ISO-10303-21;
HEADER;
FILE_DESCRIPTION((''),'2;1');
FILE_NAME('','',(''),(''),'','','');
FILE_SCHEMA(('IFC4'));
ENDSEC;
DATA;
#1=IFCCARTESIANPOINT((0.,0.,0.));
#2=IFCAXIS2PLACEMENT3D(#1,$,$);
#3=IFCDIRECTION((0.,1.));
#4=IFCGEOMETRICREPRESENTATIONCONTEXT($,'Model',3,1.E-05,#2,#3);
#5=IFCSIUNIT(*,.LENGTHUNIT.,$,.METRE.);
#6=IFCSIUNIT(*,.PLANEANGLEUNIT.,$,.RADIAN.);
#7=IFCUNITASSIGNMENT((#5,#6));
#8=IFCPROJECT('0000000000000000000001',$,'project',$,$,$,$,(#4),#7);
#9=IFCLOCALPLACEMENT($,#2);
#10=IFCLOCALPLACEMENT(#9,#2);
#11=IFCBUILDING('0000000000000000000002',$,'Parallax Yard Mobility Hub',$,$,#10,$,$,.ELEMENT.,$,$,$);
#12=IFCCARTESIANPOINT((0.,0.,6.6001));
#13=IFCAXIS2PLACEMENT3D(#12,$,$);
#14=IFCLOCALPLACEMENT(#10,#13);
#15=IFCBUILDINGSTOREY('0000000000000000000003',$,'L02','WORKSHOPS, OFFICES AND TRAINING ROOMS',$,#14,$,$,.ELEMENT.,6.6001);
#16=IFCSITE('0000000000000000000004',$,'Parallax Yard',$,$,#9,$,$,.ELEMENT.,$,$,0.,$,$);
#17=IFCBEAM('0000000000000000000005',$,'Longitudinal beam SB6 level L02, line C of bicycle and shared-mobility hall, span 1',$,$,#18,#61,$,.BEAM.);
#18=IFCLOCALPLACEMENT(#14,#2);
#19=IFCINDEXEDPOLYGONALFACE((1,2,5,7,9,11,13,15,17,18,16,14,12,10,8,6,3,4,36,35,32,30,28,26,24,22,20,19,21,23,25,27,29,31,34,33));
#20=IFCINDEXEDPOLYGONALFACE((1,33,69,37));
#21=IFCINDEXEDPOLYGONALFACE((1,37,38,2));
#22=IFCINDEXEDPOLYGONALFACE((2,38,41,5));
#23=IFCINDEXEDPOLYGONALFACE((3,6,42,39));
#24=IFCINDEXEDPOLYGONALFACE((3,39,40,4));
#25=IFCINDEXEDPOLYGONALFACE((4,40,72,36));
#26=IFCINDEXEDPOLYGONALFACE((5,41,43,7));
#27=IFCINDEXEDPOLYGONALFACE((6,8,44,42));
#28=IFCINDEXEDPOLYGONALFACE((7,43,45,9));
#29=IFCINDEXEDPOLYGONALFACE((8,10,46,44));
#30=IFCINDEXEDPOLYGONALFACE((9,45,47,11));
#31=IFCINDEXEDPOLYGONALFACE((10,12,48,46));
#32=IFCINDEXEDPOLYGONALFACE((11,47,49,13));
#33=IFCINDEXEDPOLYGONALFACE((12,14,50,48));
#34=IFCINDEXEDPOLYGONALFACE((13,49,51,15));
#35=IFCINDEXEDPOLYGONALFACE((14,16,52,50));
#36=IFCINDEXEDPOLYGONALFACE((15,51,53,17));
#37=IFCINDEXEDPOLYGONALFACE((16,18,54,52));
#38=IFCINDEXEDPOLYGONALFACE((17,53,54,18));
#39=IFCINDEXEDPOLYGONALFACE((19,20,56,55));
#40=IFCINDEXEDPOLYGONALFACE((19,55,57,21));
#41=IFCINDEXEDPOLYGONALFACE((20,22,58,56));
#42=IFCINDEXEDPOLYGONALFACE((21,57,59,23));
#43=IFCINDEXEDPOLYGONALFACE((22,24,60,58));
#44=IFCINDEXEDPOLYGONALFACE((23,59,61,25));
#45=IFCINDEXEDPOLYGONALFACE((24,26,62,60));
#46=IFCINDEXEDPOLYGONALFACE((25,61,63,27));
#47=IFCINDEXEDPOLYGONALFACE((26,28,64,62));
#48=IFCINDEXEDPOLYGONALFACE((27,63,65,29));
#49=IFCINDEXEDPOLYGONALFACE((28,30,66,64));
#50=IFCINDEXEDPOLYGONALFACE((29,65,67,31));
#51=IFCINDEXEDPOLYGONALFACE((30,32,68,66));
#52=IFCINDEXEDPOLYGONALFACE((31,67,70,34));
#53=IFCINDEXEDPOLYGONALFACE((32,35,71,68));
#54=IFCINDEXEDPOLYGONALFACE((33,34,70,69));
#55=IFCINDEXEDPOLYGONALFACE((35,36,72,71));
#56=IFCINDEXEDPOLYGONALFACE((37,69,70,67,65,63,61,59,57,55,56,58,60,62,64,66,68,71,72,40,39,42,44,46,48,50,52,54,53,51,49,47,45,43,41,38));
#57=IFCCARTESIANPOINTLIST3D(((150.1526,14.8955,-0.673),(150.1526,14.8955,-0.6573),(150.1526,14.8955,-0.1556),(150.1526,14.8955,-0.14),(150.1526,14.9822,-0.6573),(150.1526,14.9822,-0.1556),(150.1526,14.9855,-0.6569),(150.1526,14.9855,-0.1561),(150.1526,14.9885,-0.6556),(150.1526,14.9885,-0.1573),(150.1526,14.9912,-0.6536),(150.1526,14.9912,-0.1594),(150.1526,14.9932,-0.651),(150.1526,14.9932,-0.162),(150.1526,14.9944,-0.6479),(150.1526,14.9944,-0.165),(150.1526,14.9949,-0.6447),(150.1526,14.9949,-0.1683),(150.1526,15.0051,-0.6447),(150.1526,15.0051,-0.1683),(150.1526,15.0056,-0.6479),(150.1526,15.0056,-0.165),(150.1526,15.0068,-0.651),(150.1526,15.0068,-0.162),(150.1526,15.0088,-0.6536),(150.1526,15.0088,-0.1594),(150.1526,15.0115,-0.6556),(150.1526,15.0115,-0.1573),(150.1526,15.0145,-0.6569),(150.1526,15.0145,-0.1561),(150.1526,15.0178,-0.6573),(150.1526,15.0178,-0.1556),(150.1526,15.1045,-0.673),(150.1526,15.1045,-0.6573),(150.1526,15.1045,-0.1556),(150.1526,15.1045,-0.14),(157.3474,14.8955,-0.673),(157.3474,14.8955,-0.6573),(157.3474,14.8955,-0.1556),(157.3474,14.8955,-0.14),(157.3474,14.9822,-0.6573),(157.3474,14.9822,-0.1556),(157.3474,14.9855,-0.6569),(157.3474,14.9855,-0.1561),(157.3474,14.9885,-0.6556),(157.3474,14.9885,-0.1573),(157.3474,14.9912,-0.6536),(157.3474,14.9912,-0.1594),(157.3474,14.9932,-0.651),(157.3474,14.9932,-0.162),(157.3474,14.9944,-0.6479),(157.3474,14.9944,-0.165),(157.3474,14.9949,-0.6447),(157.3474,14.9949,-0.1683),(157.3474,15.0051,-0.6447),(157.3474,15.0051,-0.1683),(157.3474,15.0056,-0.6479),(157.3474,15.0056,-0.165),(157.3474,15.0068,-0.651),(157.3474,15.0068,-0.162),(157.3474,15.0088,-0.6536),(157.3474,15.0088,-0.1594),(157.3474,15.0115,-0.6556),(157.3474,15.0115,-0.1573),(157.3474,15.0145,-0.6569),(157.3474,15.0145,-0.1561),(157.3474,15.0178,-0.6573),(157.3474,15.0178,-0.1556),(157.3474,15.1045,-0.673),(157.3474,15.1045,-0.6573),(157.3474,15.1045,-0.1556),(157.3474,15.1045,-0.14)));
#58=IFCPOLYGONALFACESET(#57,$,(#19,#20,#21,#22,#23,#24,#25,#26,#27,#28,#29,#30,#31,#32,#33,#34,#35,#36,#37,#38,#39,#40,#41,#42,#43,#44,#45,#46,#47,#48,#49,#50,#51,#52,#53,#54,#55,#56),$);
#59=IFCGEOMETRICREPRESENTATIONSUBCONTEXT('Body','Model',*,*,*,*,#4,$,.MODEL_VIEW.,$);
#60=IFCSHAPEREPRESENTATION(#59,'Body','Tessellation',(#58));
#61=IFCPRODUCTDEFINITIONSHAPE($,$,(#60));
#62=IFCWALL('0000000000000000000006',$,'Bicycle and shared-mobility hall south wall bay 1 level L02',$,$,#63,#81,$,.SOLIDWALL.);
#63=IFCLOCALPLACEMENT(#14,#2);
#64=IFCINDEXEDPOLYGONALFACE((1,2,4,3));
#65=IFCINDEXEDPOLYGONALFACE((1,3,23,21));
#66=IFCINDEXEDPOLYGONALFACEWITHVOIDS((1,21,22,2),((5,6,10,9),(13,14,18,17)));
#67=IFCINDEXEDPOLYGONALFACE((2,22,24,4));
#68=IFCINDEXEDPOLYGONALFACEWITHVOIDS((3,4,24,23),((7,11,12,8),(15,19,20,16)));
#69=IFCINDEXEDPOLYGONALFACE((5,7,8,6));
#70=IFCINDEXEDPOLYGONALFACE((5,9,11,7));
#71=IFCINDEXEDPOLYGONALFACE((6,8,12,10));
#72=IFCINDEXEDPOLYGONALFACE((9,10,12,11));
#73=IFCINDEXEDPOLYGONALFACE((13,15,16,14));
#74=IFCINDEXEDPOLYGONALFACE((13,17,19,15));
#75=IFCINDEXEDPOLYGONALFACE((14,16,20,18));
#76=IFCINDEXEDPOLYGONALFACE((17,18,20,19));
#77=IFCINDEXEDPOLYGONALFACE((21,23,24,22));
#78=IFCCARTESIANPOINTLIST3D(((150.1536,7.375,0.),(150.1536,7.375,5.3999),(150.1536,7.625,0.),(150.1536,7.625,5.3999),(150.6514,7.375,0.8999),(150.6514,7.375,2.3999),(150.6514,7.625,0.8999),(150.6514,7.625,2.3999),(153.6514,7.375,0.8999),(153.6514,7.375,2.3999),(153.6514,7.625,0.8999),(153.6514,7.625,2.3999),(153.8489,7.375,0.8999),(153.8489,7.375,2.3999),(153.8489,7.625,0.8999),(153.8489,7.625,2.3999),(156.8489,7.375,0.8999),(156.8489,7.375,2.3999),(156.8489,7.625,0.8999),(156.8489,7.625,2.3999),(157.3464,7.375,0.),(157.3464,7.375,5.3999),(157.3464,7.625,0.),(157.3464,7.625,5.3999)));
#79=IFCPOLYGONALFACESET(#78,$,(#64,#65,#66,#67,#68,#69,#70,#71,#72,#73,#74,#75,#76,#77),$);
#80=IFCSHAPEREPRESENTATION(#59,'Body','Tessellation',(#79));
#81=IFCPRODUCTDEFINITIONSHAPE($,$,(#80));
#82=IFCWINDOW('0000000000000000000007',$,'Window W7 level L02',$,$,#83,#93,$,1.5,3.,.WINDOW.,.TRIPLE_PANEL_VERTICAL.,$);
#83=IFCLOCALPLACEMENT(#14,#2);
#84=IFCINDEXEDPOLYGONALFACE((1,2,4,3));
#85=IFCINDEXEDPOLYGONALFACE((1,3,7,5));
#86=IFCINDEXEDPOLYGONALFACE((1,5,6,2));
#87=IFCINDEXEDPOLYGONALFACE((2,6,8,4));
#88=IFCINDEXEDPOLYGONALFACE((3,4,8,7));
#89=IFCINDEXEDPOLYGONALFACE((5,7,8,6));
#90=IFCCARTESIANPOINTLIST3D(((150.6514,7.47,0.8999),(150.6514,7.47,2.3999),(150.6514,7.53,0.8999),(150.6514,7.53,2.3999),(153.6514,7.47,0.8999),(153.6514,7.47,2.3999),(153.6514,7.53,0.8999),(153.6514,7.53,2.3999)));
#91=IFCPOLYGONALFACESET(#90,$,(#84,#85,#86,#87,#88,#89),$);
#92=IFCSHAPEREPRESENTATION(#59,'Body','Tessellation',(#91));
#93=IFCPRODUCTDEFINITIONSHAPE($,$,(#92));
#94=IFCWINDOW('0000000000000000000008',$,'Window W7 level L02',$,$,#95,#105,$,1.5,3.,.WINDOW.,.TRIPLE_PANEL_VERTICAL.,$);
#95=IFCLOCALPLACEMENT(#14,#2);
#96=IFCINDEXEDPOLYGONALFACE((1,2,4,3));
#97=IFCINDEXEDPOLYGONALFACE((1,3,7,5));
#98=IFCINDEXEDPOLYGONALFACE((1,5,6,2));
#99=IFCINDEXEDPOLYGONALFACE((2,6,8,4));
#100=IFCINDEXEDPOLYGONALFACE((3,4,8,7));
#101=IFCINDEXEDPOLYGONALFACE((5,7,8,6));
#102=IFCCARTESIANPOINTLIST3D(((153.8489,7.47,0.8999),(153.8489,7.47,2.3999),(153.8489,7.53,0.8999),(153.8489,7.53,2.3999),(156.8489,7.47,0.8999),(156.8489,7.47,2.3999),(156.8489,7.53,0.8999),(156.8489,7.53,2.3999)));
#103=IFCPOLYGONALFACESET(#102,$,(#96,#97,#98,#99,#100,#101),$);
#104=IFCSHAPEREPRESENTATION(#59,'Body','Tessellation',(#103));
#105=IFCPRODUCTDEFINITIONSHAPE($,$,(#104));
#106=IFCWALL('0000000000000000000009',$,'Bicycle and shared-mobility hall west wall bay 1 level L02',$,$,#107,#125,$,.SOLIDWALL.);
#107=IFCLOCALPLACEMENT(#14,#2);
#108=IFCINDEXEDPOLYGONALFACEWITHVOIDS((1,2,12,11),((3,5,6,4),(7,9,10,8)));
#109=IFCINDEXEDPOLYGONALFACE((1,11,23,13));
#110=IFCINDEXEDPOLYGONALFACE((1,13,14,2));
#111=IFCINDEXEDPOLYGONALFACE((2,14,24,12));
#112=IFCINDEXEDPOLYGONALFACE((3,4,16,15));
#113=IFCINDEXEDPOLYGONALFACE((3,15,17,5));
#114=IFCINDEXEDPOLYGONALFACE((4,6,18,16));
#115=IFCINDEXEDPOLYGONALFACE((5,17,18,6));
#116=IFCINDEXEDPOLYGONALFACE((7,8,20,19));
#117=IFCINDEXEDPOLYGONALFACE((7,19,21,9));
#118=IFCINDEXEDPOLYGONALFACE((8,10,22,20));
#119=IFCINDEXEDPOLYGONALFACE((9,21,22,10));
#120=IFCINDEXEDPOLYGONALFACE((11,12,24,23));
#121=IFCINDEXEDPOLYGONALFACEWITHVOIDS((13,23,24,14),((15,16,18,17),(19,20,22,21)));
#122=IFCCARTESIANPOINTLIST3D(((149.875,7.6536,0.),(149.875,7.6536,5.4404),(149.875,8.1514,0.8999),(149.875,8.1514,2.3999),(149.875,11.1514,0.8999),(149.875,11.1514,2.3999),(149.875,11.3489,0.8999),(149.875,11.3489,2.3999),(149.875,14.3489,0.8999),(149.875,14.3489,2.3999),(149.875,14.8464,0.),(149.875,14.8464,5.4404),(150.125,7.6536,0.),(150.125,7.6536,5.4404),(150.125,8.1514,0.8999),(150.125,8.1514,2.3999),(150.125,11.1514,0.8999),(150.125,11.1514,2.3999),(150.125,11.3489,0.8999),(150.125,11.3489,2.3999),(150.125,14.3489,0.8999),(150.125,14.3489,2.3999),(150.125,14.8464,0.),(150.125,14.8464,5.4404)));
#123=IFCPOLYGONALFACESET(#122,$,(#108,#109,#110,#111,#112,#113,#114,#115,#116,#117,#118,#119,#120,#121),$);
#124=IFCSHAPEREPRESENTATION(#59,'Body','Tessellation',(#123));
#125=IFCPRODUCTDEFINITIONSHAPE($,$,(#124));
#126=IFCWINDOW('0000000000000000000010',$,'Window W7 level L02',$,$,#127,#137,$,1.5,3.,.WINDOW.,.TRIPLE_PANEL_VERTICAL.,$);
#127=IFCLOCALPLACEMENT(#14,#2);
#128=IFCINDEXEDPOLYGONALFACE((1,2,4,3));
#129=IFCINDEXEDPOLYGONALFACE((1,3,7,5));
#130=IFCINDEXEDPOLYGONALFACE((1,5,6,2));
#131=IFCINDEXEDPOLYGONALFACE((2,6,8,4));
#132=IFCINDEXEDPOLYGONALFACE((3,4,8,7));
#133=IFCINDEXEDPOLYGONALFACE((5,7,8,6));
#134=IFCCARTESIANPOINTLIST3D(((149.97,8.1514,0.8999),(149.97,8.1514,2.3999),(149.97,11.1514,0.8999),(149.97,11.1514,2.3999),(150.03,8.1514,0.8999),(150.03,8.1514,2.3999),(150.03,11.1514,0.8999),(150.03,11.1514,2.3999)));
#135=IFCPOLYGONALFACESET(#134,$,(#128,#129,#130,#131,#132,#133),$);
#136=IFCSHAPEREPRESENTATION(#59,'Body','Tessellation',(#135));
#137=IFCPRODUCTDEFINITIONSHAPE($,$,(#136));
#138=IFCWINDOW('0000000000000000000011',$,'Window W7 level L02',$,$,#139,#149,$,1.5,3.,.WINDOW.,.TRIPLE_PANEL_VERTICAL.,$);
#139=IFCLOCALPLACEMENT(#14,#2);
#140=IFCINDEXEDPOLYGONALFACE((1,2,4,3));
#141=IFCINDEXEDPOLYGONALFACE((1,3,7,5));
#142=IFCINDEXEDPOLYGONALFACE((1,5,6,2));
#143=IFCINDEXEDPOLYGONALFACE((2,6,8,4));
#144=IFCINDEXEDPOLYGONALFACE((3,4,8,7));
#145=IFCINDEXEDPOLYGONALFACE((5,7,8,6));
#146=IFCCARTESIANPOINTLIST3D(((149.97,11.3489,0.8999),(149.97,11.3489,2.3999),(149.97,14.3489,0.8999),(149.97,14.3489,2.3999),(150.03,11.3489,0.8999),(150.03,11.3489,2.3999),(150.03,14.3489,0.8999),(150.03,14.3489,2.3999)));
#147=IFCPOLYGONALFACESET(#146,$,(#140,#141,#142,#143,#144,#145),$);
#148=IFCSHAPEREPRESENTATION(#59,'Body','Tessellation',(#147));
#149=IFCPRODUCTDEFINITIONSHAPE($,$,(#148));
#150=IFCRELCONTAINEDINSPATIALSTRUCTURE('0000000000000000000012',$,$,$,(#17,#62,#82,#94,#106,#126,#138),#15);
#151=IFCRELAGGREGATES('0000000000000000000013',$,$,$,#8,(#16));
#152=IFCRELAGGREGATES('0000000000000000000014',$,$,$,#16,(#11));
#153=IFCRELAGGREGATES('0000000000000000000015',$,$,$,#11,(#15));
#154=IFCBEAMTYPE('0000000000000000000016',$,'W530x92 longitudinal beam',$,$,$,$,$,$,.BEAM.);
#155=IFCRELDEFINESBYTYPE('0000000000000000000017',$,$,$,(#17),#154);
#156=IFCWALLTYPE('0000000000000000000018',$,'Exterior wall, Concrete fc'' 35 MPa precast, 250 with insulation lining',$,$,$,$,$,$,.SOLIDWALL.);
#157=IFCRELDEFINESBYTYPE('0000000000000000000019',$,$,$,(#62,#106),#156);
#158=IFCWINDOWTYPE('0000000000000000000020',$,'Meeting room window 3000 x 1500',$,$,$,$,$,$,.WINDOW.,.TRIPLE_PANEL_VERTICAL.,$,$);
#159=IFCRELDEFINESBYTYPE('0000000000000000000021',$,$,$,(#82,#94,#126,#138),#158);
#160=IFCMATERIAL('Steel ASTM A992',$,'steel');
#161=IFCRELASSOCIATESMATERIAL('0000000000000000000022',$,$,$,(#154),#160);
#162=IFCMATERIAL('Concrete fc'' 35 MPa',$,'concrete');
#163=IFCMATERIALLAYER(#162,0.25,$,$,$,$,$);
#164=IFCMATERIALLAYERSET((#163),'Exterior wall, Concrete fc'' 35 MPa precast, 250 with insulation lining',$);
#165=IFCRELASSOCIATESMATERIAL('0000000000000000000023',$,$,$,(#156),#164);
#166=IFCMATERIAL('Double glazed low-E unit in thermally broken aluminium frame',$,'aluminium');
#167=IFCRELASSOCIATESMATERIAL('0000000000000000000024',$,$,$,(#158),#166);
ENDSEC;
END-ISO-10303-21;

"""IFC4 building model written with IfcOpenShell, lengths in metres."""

from ifc_helpers import new_model, si_unit, direction, frame, frame_2d, origin, origin_2d, place, context, subcontext, project, spatial, rectangle, i_section, extrude, material, layer, layer_set, material_profile, profile_set, type_object, element, fill, save


model = new_model("IFC4")

# Units and contexts
model_context = context("Model", 3, precision=1e-05, world=origin(), true_north=direction((0.0, 1.0)))
body_context = subcontext(model_context, "Body", "Model", "MODEL_VIEW")
ifc_project = project(units=[si_unit("LENGTHUNIT", "METRE"), si_unit("PLANEANGLEUNIT", "RADIAN")], contexts=[model_context])

# Site, building, storey
site_placement = place(None, origin())
site = spatial("IfcSite", under=ifc_project, at=site_placement, Name="Parallax Yard", CompositionType="ELEMENT", RefElevation=0.0)
building_placement = place(site_placement, origin())
building = spatial("IfcBuilding", under=site, at=building_placement, Name="Parallax Yard Mobility Hub", CompositionType="ELEMENT")
storey_placement = place(building_placement, frame((0.0, 0.0, 6.6001)))
storey = spatial("IfcBuildingStorey", under=building, at=storey_placement, Name="L02", Description="WORKSHOPS, OFFICES AND TRAINING ROOMS", CompositionType="ELEMENT", Elevation=6.6001)

# Shared definitions
ifc_material_1 = material(Name="Steel ASTM A992", Category="steel")

# Beam
ifc_material_profile_1 = material_profile(ifc_material_1, i_section(OverallWidth=0.209, OverallDepth=0.533, WebThickness=0.0103, FlangeThickness=0.0156, FilletRadius=0.0127, at=origin_2d()), Name="W530x92")
ifc_profile_set_1 = profile_set([ifc_material_profile_1], Name="Steel ASTM A992")
beam_type_1 = type_object("IfcBeamType", Name="W530x92 longitudinal beam", PredefinedType="BEAM", material=ifc_profile_set_1)
beam_1_placement = place(storey_placement, frame((150.1526, 15.0, -0.4065), z_axis=(1.0, 0.0, 0.0), x_axis=(0.0, 1.0, 0.0)))
element("IfcBeam", 1, at=beam_1_placement, inside=storey, type_object=beam_type_1, Name="Longitudinal beam SB6 level L02, line C of bicycle and shared-mobility hall, span 1", PredefinedType="BEAM", context=body_context, shape_type="SweptSolid", body=[
    extrude(i_section(OverallWidth=0.209, OverallDepth=0.533, WebThickness=0.0103, FlangeThickness=0.0156, FilletRadius=0.0127, at=origin_2d()), origin(), (0.0, 0.0, 1.0), 7.1948),
])

# Walls, openings, windows
ifc_material_2 = material(Name="Concrete fc' 35 MPa", Category="concrete")
ifc_layer = layer(ifc_material_2, 0.25)
ifc_layer_set = layer_set([ifc_layer], Name="Exterior wall, Concrete fc' 35 MPa precast, 250 with insulation lining")
wall_type = type_object("IfcWallType", Name="Exterior wall, Concrete fc' 35 MPa precast, 250 with insulation lining", PredefinedType="SOLIDWALL", material=ifc_layer_set)
wall_1_placement = place(storey_placement, frame((150.1536, 7.5, 0.0), z_axis=(0.0, 0.0, 1.0), x_axis=(1.0, 0.0, 0.0)))
wall_1 = element("IfcWall", 2, at=wall_1_placement, inside=storey, type_object=wall_type, Name="Bicycle and shared-mobility hall south wall bay 1 level L02", PredefinedType="SOLIDWALL", context=body_context, shape_type="SweptSolid", body=[
    extrude(rectangle(XDim=7.1929, YDim=0.25, at=frame_2d((3.5964, 0.0))), origin(), (0.0, 0.0, 1.0), 5.3999),
])
opening_1_placement = place(wall_1_placement, frame((0.4978, 0.0, 0.8999)))
opening_1 = element("IfcOpeningElement", 3, at=opening_1_placement, cuts=wall_1, PredefinedType="OPENING", context=body_context, shape_type="SweptSolid", body=[
    extrude(rectangle(XDim=3.0, YDim=1.5, at=frame_2d((1.5, 0.75))), frame((0.0, 0.135, 0.0), z_axis=(0.0, -1.0, 0.0), x_axis=(1.0, 0.0, 0.0)), (0.0, 0.0, 1.0), 0.27),
])
opening_2_placement = place(wall_1_placement, frame((3.6953, 0.0, 0.8999)))
opening_2 = element("IfcOpeningElement", 4, at=opening_2_placement, cuts=wall_1, PredefinedType="OPENING", context=body_context, shape_type="SweptSolid", body=[
    extrude(rectangle(XDim=3.0, YDim=1.5, at=frame_2d((1.5, 0.75))), frame((0.0, 0.135, 0.0), z_axis=(0.0, -1.0, 0.0), x_axis=(1.0, 0.0, 0.0)), (0.0, 0.0, 1.0), 0.27),
])
ifc_material_3 = material(Name="Double glazed low-E unit in thermally broken aluminium frame", Category="aluminium")
window_type = type_object("IfcWindowType", Name="Meeting room window 3000 x 1500", PartitioningType="TRIPLE_PANEL_VERTICAL", PredefinedType="WINDOW", material=ifc_material_3)
window_1_placement = place(opening_1_placement, origin())
window_1 = element("IfcWindow", 5, at=window_1_placement, inside=storey, type_object=window_type, Name="Window W7 level L02", OverallHeight=1.5, OverallWidth=3.0, PartitioningType="TRIPLE_PANEL_VERTICAL", PredefinedType="WINDOW", context=body_context, shape_type="SweptSolid", body=[
    extrude(rectangle(XDim=3.0, YDim=1.5, at=frame_2d((1.5, 0.75))), frame((0.0, 0.03, 0.0), z_axis=(0.0, -1.0, 0.0), x_axis=(1.0, 0.0, 0.0)), (0.0, 0.0, 1.0), 0.0601),
])
fill(opening_1, window_1)
window_2_placement = place(opening_2_placement, origin())
window_2 = element("IfcWindow", 6, at=window_2_placement, inside=storey, type_object=window_type, Name="Window W7 level L02", OverallHeight=1.5, OverallWidth=3.0, PartitioningType="TRIPLE_PANEL_VERTICAL", PredefinedType="WINDOW", context=body_context, shape_type="SweptSolid", body=[
    extrude(rectangle(XDim=3.0, YDim=1.5, at=frame_2d((1.5, 0.75))), frame((0.0, 0.03, 0.0), z_axis=(0.0, -1.0, 0.0), x_axis=(1.0, 0.0, 0.0)), (0.0, 0.0, 1.0), 0.0601),
])
fill(opening_2, window_2)
wall_2_placement = place(storey_placement, frame((150.0, 7.6536, 0.0), z_axis=(0.0, 0.0, 1.0), x_axis=(0.0, 1.0, 0.0)))
wall_2 = element("IfcWall", 7, at=wall_2_placement, inside=storey, type_object=wall_type, Name="Bicycle and shared-mobility hall west wall bay 1 level L02", PredefinedType="SOLIDWALL", context=body_context, shape_type="SweptSolid", body=[
    extrude(rectangle(XDim=7.1929, YDim=0.25, at=frame_2d((3.5964, 0.0))), origin(), (0.0, 0.0, 1.0), 5.4404),
])
opening_3_placement = place(wall_2_placement, frame((0.4978, 0.0, 0.8999)))
opening_3 = element("IfcOpeningElement", 8, at=opening_3_placement, cuts=wall_2, PredefinedType="OPENING", context=body_context, shape_type="SweptSolid", body=[
    extrude(rectangle(XDim=3.0, YDim=1.5, at=frame_2d((1.5, 0.75))), frame((0.0, 0.135, 0.0), z_axis=(0.0, -1.0, 0.0), x_axis=(1.0, 0.0, 0.0)), (0.0, 0.0, 1.0), 0.27),
])
opening_4_placement = place(wall_2_placement, frame((3.6953, 0.0, 0.8999)))
opening_4 = element("IfcOpeningElement", 9, at=opening_4_placement, cuts=wall_2, PredefinedType="OPENING", context=body_context, shape_type="SweptSolid", body=[
    extrude(rectangle(XDim=3.0, YDim=1.5, at=frame_2d((1.5, 0.75))), frame((0.0, 0.135, 0.0), z_axis=(0.0, -1.0, 0.0), x_axis=(1.0, 0.0, 0.0)), (0.0, 0.0, 1.0), 0.27),
])
window_3_placement = place(opening_3_placement, origin())
window_3 = element("IfcWindow", 10, at=window_3_placement, inside=storey, type_object=window_type, Name="Window W7 level L02", OverallHeight=1.5, OverallWidth=3.0, PartitioningType="TRIPLE_PANEL_VERTICAL", PredefinedType="WINDOW", context=body_context, shape_type="SweptSolid", body=[
    extrude(rectangle(XDim=3.0, YDim=1.5, at=frame_2d((1.5, 0.75))), frame((0.0, 0.03, 0.0), z_axis=(0.0, -1.0, 0.0), x_axis=(1.0, 0.0, 0.0)), (0.0, 0.0, 1.0), 0.0601),
])
fill(opening_3, window_3)
window_4_placement = place(opening_4_placement, origin())
window_4 = element("IfcWindow", 11, at=window_4_placement, inside=storey, type_object=window_type, Name="Window W7 level L02", OverallHeight=1.5, OverallWidth=3.0, PartitioningType="TRIPLE_PANEL_VERTICAL", PredefinedType="WINDOW", context=body_context, shape_type="SweptSolid", body=[
    extrude(rectangle(XDim=3.0, YDim=1.5, at=frame_2d((1.5, 0.75))), frame((0.0, 0.03, 0.0), z_axis=(0.0, -1.0, 0.0), x_axis=(1.0, 0.0, 0.0)), (0.0, 0.0, 1.0), 0.0601),
])
fill(opening_4, window_4)

save(model, "model.ifc")
